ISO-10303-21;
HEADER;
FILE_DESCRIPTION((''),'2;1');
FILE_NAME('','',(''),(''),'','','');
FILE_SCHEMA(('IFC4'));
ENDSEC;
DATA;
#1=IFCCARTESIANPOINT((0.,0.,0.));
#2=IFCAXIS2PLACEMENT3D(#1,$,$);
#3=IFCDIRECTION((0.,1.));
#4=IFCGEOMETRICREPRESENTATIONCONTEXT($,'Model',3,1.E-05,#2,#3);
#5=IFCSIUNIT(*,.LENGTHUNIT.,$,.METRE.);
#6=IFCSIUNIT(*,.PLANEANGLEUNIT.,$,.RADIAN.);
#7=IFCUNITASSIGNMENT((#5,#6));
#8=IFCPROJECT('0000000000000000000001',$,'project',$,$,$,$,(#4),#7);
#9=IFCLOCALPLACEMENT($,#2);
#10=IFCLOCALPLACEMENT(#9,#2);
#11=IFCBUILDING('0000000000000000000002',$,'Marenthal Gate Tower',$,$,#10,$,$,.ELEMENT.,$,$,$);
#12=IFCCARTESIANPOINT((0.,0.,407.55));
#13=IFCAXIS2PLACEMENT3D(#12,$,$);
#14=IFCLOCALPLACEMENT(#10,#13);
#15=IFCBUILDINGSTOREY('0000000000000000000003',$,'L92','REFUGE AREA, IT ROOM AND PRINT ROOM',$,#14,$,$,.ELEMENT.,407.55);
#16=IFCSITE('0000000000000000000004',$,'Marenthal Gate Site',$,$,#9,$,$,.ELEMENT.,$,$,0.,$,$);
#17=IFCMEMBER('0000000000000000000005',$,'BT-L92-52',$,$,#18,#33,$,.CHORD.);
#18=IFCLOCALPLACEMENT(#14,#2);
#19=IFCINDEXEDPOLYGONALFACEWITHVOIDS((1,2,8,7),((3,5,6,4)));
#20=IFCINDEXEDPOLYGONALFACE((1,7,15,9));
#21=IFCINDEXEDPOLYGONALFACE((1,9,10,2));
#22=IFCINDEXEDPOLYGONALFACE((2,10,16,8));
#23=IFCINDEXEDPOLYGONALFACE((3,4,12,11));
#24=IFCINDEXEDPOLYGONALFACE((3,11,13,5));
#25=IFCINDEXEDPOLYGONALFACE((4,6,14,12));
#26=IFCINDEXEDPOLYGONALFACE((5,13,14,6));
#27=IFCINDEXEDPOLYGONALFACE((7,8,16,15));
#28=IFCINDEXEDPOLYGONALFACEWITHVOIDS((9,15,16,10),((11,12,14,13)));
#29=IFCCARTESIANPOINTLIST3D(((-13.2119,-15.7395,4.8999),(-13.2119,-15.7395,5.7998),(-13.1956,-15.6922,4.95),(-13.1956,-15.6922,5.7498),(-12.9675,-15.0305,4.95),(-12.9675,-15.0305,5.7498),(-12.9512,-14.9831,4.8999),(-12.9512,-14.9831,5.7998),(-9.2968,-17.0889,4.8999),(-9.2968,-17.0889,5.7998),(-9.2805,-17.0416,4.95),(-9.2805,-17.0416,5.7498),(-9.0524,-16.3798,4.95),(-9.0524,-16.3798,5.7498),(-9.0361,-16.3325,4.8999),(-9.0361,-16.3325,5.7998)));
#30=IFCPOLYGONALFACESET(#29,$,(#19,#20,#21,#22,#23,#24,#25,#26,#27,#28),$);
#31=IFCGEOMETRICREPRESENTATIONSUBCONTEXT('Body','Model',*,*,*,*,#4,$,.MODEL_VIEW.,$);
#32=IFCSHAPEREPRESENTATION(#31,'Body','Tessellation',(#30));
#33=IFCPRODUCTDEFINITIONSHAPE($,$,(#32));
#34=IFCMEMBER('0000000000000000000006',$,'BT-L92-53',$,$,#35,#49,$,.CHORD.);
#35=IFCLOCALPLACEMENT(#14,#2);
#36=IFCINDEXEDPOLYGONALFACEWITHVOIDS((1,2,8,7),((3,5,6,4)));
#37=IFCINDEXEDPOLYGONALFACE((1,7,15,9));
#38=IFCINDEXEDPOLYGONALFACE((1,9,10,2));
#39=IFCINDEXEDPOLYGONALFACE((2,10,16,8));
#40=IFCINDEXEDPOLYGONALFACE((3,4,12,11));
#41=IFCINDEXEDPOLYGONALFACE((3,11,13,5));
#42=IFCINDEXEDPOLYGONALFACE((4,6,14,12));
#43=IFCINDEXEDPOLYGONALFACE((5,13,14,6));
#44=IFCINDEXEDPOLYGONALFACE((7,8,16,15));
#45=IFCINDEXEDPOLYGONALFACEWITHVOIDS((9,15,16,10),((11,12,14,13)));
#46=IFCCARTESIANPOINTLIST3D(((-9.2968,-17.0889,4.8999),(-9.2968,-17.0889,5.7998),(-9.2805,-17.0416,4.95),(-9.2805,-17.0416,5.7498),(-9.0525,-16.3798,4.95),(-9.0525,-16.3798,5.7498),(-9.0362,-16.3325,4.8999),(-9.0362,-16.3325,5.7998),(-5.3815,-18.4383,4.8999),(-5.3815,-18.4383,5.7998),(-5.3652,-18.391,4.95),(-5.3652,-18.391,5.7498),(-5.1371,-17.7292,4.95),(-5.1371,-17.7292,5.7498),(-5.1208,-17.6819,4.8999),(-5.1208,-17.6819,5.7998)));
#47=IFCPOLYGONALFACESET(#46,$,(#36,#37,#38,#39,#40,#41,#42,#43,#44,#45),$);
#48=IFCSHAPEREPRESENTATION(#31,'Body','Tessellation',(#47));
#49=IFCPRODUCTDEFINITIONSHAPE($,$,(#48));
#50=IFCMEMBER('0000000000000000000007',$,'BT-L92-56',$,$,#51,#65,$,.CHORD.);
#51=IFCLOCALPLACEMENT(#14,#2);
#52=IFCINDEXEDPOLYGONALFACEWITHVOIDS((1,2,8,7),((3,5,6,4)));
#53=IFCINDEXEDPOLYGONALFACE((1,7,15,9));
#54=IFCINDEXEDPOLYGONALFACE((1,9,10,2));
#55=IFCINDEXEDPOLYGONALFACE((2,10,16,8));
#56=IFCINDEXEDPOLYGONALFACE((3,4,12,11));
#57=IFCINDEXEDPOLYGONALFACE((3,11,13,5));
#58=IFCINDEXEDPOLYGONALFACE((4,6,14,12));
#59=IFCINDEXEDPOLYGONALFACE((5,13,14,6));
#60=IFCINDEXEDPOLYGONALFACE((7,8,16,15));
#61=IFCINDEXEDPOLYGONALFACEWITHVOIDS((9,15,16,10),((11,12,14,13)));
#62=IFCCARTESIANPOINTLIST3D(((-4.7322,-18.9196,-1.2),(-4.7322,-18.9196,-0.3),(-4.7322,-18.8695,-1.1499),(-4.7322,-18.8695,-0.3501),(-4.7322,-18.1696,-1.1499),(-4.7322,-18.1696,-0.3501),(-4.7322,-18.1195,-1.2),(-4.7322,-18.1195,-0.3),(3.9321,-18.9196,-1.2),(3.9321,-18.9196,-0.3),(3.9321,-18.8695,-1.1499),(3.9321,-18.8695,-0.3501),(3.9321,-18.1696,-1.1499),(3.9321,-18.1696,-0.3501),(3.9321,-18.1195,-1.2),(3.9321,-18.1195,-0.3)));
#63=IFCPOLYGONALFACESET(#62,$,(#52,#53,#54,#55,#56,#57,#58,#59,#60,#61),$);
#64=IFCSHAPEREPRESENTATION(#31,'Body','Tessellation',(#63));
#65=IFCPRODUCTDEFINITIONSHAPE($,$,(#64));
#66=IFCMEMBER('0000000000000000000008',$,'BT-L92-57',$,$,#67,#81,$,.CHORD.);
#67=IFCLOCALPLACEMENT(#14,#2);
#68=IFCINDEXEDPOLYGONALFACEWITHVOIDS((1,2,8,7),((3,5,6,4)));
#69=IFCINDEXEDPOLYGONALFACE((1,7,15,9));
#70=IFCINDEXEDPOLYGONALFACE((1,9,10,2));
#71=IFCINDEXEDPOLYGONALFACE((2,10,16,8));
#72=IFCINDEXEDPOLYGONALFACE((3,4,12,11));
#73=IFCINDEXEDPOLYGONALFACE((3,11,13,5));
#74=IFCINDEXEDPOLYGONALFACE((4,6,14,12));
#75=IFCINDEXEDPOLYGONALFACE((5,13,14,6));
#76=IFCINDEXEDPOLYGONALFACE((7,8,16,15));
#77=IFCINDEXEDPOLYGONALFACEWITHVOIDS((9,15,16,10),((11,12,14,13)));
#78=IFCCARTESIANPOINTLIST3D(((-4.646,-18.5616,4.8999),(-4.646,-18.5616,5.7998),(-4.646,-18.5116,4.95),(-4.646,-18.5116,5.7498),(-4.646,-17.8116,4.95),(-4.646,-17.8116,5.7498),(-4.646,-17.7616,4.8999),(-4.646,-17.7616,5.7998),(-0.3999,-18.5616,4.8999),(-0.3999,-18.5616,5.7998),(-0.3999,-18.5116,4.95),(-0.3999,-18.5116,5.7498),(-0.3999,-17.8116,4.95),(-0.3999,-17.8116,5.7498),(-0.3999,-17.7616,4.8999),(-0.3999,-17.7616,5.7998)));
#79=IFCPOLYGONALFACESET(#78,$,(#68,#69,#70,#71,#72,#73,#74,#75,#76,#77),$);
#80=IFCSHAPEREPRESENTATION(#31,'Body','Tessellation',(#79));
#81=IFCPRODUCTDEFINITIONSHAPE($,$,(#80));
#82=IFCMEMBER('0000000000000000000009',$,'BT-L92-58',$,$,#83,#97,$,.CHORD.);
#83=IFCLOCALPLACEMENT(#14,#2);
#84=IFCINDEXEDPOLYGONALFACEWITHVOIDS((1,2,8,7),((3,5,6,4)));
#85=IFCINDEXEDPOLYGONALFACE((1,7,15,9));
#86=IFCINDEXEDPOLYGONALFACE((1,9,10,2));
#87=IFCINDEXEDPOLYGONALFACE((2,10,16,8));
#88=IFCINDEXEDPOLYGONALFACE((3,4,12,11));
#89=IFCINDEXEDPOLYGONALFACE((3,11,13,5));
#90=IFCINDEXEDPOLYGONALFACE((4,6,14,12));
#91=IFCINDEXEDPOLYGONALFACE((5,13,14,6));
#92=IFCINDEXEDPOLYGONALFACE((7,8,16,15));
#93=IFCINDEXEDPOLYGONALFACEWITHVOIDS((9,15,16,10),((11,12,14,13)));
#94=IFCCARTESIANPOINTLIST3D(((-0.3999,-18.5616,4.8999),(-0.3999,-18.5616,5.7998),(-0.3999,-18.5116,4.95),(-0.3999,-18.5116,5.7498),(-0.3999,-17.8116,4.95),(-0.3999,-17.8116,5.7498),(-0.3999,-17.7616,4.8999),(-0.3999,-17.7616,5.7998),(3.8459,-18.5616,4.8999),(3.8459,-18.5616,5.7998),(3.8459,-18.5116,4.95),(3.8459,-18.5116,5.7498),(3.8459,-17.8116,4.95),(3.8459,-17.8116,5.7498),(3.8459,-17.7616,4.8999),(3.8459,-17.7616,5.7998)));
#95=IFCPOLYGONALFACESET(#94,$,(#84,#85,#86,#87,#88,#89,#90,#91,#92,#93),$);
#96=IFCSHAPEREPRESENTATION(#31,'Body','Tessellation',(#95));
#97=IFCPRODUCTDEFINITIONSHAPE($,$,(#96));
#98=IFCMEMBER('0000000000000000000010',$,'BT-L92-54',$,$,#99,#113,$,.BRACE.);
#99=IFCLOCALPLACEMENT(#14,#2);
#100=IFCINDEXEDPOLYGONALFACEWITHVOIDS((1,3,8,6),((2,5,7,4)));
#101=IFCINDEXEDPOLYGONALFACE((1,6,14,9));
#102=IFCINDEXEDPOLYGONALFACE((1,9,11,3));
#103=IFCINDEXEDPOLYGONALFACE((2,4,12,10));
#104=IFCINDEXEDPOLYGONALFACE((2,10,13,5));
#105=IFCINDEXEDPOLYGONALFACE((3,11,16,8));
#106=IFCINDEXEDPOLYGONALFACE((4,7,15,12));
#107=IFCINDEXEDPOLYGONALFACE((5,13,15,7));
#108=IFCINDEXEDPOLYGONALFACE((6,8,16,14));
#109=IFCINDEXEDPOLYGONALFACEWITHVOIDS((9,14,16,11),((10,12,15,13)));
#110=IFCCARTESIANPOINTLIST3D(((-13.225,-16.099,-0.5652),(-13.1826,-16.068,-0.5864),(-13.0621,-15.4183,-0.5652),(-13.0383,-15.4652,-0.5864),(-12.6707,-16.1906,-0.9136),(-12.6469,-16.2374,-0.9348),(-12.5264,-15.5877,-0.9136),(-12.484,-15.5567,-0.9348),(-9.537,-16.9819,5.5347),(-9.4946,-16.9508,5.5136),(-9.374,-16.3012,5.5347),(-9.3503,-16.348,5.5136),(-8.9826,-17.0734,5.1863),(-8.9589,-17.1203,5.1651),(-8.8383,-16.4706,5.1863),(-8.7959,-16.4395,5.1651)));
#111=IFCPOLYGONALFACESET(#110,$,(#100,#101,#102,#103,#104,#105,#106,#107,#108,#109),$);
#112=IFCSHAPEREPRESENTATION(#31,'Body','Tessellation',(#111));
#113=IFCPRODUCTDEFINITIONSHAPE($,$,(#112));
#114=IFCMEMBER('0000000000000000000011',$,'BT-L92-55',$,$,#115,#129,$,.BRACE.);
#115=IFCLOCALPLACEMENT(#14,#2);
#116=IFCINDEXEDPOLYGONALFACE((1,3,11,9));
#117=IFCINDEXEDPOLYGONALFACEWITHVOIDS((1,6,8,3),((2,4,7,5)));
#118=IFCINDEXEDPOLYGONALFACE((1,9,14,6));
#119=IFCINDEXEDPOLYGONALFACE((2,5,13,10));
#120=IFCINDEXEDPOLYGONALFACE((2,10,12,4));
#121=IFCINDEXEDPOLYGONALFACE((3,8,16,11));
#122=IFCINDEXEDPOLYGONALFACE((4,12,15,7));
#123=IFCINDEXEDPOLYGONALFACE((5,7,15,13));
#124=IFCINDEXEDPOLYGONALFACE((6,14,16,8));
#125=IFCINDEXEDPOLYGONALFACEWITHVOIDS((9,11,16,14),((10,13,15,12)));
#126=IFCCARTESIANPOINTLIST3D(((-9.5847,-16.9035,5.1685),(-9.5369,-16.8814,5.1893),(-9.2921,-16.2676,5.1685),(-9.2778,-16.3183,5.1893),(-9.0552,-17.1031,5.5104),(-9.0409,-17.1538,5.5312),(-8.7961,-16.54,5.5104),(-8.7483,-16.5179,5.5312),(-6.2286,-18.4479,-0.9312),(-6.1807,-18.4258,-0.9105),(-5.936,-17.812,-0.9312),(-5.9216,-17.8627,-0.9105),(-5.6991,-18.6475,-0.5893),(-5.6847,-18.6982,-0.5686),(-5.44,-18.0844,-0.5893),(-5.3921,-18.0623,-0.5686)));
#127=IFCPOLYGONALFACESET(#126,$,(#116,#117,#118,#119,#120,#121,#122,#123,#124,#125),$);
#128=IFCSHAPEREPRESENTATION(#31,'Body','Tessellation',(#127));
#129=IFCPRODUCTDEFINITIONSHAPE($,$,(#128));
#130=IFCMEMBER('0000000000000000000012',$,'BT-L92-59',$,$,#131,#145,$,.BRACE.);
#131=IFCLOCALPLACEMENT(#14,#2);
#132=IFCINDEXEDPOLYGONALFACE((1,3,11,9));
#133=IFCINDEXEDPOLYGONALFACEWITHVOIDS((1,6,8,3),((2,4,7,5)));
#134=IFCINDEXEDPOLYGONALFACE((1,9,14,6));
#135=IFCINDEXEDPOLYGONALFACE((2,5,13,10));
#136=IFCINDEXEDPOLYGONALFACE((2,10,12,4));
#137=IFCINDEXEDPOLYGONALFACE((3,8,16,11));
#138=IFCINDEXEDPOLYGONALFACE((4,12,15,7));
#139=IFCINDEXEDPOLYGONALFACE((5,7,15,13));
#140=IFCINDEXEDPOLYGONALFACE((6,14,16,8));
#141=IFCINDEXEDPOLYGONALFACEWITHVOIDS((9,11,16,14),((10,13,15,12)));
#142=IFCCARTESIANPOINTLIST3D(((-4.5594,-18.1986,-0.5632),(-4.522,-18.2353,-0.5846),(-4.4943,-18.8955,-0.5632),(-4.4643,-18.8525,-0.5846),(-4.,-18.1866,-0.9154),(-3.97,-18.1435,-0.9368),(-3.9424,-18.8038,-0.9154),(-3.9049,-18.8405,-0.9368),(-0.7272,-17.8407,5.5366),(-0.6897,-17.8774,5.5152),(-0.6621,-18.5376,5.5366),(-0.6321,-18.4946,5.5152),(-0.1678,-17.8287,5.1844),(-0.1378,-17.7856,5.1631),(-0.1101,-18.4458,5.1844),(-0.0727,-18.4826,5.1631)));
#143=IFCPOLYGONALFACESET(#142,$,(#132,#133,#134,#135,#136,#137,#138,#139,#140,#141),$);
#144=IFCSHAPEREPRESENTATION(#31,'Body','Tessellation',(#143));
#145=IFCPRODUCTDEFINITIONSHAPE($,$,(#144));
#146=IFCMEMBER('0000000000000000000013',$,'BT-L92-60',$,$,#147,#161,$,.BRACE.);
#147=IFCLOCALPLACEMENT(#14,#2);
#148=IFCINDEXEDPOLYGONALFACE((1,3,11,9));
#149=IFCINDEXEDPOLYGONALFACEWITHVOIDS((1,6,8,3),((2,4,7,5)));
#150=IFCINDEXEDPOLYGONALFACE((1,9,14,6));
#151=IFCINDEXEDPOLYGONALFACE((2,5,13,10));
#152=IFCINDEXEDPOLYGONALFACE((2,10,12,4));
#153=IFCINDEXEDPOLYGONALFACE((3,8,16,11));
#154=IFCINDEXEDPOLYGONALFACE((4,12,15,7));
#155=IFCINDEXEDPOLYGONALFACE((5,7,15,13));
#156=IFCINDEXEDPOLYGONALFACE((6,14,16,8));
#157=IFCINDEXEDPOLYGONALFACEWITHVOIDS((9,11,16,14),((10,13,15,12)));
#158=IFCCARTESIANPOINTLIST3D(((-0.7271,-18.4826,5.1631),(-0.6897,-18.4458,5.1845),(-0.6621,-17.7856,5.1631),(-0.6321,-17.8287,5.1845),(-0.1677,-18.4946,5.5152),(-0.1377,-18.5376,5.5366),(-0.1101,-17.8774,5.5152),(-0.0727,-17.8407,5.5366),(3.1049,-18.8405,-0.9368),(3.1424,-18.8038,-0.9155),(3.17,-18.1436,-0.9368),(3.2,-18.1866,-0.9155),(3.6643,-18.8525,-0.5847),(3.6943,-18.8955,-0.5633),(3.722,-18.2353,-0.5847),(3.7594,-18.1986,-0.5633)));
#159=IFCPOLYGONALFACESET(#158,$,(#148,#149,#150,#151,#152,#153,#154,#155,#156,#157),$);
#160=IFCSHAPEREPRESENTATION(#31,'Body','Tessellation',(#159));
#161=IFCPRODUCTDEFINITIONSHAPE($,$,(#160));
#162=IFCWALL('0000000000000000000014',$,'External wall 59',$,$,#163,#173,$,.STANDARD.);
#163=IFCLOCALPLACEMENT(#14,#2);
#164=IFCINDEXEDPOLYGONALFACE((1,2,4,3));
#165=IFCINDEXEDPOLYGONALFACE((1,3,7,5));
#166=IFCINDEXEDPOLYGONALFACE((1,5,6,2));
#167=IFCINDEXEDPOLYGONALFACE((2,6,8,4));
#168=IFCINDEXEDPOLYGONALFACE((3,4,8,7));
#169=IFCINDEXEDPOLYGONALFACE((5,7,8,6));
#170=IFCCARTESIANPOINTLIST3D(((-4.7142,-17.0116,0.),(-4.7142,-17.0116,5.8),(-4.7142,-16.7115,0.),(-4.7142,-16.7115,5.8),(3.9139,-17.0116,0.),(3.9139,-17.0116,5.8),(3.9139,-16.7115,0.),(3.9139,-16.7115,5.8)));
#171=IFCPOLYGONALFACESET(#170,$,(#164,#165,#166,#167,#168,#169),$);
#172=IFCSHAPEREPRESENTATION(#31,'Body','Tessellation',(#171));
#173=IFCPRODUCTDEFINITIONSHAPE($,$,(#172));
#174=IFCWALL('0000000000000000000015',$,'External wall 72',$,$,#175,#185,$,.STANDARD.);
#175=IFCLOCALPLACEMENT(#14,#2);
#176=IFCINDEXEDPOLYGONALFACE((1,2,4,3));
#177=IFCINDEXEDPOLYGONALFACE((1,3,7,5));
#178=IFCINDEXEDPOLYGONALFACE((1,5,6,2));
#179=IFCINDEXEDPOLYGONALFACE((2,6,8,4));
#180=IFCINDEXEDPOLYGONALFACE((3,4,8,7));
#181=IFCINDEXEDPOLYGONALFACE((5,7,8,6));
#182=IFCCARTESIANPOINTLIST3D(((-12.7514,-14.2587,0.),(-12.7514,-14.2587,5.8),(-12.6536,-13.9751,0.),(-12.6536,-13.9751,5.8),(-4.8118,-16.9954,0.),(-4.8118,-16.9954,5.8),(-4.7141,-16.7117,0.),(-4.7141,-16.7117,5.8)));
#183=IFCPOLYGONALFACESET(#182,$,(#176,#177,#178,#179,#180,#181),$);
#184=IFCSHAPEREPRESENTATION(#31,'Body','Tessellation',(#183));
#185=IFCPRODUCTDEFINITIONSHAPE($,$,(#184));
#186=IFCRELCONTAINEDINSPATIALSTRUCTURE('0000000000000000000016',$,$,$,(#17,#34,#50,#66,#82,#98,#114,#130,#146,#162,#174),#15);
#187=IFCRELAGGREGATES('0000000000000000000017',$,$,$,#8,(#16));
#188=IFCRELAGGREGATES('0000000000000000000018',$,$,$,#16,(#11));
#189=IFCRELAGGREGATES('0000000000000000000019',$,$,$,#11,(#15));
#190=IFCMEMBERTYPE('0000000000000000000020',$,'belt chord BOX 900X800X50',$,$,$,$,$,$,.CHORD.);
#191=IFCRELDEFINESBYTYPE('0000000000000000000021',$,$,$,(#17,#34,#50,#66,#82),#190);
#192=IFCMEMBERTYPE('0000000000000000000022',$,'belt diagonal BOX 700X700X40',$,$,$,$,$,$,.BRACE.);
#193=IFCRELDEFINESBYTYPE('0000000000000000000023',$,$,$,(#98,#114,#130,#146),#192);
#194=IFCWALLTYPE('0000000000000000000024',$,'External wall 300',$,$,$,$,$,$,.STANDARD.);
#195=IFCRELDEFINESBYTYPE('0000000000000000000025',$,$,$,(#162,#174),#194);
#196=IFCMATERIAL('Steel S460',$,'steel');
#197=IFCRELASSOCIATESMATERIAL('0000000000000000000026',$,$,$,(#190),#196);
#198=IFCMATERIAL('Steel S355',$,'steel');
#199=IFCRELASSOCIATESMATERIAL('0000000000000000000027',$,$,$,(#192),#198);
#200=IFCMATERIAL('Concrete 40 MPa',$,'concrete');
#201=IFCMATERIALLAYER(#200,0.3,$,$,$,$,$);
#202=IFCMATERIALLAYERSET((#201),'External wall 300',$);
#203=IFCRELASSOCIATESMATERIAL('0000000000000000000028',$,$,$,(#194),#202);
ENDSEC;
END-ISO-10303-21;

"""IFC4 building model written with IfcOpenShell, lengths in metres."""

from ifc_helpers import new_model, si_unit, direction, frame, frame_2d, origin, origin_2d, place, context, subcontext, project, spatial, rectangle, hollow_rectangle, extrude, material, layer, layer_set, material_profile, profile_set, type_object, element, save


model = new_model("IFC4")

# Units and contexts
model_context = context("Model", 3, precision=1e-05, world=origin(), true_north=direction((0.0, 1.0)))
body_context = subcontext(model_context, "Body", "Model", "MODEL_VIEW")
ifc_project = project(units=[si_unit("LENGTHUNIT", "METRE"), si_unit("PLANEANGLEUNIT", "RADIAN")], contexts=[model_context])

# Site, building, storey
site_placement = place(None, origin())
site = spatial("IfcSite", under=ifc_project, at=site_placement, Name="Marenthal Gate Site", CompositionType="ELEMENT", RefElevation=0.0)
building_placement = place(site_placement, origin())
building = spatial("IfcBuilding", under=site, at=building_placement, Name="Marenthal Gate Tower", CompositionType="ELEMENT")
storey_placement = place(building_placement, frame((0.0, 0.0, 407.55)))
storey = spatial("IfcBuildingStorey", under=building, at=storey_placement, Name="L92", Description="REFUGE AREA, IT ROOM AND PRINT ROOM", CompositionType="ELEMENT", Elevation=407.55)

# Members
ifc_material_1 = material(Name="Steel S460", Category="steel")
ifc_material_profile_1 = material_profile(ifc_material_1, hollow_rectangle(XDim=0.8, YDim=0.8999, WallThickness=0.05, at=origin_2d()), Name="BOX 900X800X50")
ifc_profile_set_1 = profile_set([ifc_material_profile_1], Name="Steel S460")
member_type_1 = type_object("IfcMemberType", Name="belt chord BOX 900X800X50", PredefinedType="CHORD", material=ifc_profile_set_1)
member_1_placement = place(storey_placement, frame((-13.0815, -15.3613, 5.3499), z_axis=(0.945421, -0.325851, 0.0), x_axis=(0.325851, 0.945421, 0.0)))
element("IfcMember", 1, at=member_1_placement, inside=storey, type_object=member_type_1, Name="BT-L92-52", PredefinedType="CHORD", context=body_context, shape_type="SweptSolid", body=[
    extrude(hollow_rectangle(XDim=0.8, YDim=0.8999, WallThickness=0.05, at=origin_2d()), origin(), (0.0, 0.0, 1.0), 4.1411),
])
member_2_placement = place(storey_placement, frame((-9.1665, -16.7107, 5.3499), z_axis=(0.945427, -0.325833, 0.0), x_axis=(0.325833, 0.945427, 0.0)))
element("IfcMember", 2, at=member_2_placement, inside=storey, type_object=member_type_1, Name="BT-L92-53", PredefinedType="CHORD", context=body_context, shape_type="SweptSolid", body=[
    extrude(hollow_rectangle(XDim=0.8, YDim=0.8999, WallThickness=0.05, at=origin_2d()), origin(), (0.0, 0.0, 1.0), 4.1414),
])
member_3_placement = place(storey_placement, frame((-4.7322, -18.5195, -0.75), z_axis=(1.0, 0.0, 0.0), x_axis=(0.0, 1.0, 0.0)))
element("IfcMember", 3, at=member_3_placement, inside=storey, type_object=member_type_1, Name="BT-L92-56", PredefinedType="CHORD", context=body_context, shape_type="SweptSolid", body=[
    extrude(hollow_rectangle(XDim=0.8, YDim=0.8999, WallThickness=0.05, at=origin_2d()), origin(), (0.0, 0.0, 1.0), 8.6643),
])
member_4_placement = place(storey_placement, frame((-4.646, -18.1616, 5.3499), z_axis=(1.0, 0.0, 0.0), x_axis=(0.0, 1.0, 0.0)))
element("IfcMember", 4, at=member_4_placement, inside=storey, type_object=member_type_1, Name="BT-L92-57", PredefinedType="CHORD", context=body_context, shape_type="SweptSolid", body=[
    extrude(hollow_rectangle(XDim=0.8, YDim=0.8999, WallThickness=0.05, at=origin_2d()), origin(), (0.0, 0.0, 1.0), 4.2461),
])
member_5_placement = place(storey_placement, frame((-0.3999, -18.1616, 5.3499), z_axis=(1.0, 0.0, 0.0), x_axis=(0.0, 1.0, 0.0)))
element("IfcMember", 5, at=member_5_placement, inside=storey, type_object=member_type_1, Name="BT-L92-58", PredefinedType="CHORD", context=body_context, shape_type="SweptSolid", body=[
    extrude(hollow_rectangle(XDim=0.8, YDim=0.8999, WallThickness=0.05, at=origin_2d()), origin(), (0.0, 0.0, 1.0), 4.2458),
])
ifc_material_2 = material(Name="Steel S355", Category="steel")
ifc_material_profile_2 = material_profile(ifc_material_2, hollow_rectangle(XDim=0.7, YDim=0.7, WallThickness=0.04, at=origin_2d()), Name="BOX 700X700X40")
ifc_profile_set_2 = profile_set([ifc_material_profile_2], Name="Steel S355")
member_type_2 = type_object("IfcMemberType", Name="belt diagonal BOX 700X700X40", PredefinedType="BRACE", material=ifc_profile_set_2)
member_6_placement = place(storey_placement, frame((-12.8545, -15.8279, -0.75), z_axis=(0.513466, -0.122911, 0.849262), x_axis=(0.232798, 0.972525, 0.0)))
element("IfcMember", 6, at=member_6_placement, inside=storey, type_object=member_type_2, Name="BT-L92-54", PredefinedType="BRACE", context=body_context, shape_type="SweptSolid", body=[
    extrude(hollow_rectangle(XDim=0.7, YDim=0.7, WallThickness=0.04, at=origin_2d()), origin(), (0.0, 0.0, 1.0), 7.1826),
])
member_7_placement = place(storey_placement, frame((-9.1665, -16.7107, 5.3499), z_axis=(0.47062, -0.216567, -0.855346), x_axis=(0.418035, 0.908431, 0.0)))
element("IfcMember", 7, at=member_7_placement, inside=storey, type_object=member_type_2, Name="BT-L92-55", PredefinedType="BRACE", context=body_context, shape_type="SweptSolid", body=[
    extrude(hollow_rectangle(XDim=0.7, YDim=0.7, WallThickness=0.04, at=origin_2d()), origin(), (0.0, 0.0, 1.0), 7.1313),
])
for number, where, z_axis, x_axis, name in (
    (8, (-4.2322, -18.5195, -0.75), (0.531325, 0.049622, 0.845713), (-0.092989, 0.995667, 0.0), "BT-L92-59"),
    (9, (-0.3999, -18.1616, 5.3499), (0.531301, -0.049623, -0.845729), (0.092995, 0.995667, 0.0), "BT-L92-60"),
):
    element("IfcMember", number, at=place(storey_placement, frame(where, z_axis=z_axis, x_axis=x_axis)), inside=storey, type_object=member_type_2, Name=name, PredefinedType="BRACE", context=body_context, shape_type="SweptSolid", body=[
        extrude(hollow_rectangle(XDim=0.7, YDim=0.7, WallThickness=0.04, at=origin_2d()), origin(), (0.0, 0.0, 1.0), 7.2126),
    ])

# Walls
ifc_material_3 = material(Name="Concrete 40 MPa", Category="concrete")
ifc_layer = layer(ifc_material_3, 0.3)
ifc_layer_set = layer_set([ifc_layer], Name="External wall 300")
wall_type = type_object("IfcWallType", Name="External wall 300", PredefinedType="STANDARD", material=ifc_layer_set)
wall_1_placement = place(storey_placement, frame((-4.7141, -16.8616, 0.0), z_axis=(0.0, 0.0, 1.0), x_axis=(1.0, 0.0, 0.0)))
element("IfcWall", 10, at=wall_1_placement, inside=storey, type_object=wall_type, Name="External wall 59", PredefinedType="STANDARD", context=body_context, shape_type="SweptSolid", body=[
    extrude(rectangle(XDim=8.6282, YDim=0.3, at=frame_2d((4.314, 0.0))), origin(), (0.0, 0.0, 1.0), 5.8),
])
wall_2_placement = place(storey_placement, frame((-4.7629, -16.8535, 0.0), z_axis=(0.0, 0.0, 1.0), x_axis=(-0.945416, 0.325866, 0.0)))
element("IfcWall", 11, at=wall_2_placement, inside=storey, type_object=wall_type, Name="External wall 72", PredefinedType="STANDARD", context=body_context, shape_type="SweptSolid", body=[
    extrude(rectangle(XDim=8.3979, YDim=0.3, at=frame_2d((4.199, 0.0))), origin(), (0.0, 0.0, 1.0), 5.8),
])

save(model, "model.ifc")
